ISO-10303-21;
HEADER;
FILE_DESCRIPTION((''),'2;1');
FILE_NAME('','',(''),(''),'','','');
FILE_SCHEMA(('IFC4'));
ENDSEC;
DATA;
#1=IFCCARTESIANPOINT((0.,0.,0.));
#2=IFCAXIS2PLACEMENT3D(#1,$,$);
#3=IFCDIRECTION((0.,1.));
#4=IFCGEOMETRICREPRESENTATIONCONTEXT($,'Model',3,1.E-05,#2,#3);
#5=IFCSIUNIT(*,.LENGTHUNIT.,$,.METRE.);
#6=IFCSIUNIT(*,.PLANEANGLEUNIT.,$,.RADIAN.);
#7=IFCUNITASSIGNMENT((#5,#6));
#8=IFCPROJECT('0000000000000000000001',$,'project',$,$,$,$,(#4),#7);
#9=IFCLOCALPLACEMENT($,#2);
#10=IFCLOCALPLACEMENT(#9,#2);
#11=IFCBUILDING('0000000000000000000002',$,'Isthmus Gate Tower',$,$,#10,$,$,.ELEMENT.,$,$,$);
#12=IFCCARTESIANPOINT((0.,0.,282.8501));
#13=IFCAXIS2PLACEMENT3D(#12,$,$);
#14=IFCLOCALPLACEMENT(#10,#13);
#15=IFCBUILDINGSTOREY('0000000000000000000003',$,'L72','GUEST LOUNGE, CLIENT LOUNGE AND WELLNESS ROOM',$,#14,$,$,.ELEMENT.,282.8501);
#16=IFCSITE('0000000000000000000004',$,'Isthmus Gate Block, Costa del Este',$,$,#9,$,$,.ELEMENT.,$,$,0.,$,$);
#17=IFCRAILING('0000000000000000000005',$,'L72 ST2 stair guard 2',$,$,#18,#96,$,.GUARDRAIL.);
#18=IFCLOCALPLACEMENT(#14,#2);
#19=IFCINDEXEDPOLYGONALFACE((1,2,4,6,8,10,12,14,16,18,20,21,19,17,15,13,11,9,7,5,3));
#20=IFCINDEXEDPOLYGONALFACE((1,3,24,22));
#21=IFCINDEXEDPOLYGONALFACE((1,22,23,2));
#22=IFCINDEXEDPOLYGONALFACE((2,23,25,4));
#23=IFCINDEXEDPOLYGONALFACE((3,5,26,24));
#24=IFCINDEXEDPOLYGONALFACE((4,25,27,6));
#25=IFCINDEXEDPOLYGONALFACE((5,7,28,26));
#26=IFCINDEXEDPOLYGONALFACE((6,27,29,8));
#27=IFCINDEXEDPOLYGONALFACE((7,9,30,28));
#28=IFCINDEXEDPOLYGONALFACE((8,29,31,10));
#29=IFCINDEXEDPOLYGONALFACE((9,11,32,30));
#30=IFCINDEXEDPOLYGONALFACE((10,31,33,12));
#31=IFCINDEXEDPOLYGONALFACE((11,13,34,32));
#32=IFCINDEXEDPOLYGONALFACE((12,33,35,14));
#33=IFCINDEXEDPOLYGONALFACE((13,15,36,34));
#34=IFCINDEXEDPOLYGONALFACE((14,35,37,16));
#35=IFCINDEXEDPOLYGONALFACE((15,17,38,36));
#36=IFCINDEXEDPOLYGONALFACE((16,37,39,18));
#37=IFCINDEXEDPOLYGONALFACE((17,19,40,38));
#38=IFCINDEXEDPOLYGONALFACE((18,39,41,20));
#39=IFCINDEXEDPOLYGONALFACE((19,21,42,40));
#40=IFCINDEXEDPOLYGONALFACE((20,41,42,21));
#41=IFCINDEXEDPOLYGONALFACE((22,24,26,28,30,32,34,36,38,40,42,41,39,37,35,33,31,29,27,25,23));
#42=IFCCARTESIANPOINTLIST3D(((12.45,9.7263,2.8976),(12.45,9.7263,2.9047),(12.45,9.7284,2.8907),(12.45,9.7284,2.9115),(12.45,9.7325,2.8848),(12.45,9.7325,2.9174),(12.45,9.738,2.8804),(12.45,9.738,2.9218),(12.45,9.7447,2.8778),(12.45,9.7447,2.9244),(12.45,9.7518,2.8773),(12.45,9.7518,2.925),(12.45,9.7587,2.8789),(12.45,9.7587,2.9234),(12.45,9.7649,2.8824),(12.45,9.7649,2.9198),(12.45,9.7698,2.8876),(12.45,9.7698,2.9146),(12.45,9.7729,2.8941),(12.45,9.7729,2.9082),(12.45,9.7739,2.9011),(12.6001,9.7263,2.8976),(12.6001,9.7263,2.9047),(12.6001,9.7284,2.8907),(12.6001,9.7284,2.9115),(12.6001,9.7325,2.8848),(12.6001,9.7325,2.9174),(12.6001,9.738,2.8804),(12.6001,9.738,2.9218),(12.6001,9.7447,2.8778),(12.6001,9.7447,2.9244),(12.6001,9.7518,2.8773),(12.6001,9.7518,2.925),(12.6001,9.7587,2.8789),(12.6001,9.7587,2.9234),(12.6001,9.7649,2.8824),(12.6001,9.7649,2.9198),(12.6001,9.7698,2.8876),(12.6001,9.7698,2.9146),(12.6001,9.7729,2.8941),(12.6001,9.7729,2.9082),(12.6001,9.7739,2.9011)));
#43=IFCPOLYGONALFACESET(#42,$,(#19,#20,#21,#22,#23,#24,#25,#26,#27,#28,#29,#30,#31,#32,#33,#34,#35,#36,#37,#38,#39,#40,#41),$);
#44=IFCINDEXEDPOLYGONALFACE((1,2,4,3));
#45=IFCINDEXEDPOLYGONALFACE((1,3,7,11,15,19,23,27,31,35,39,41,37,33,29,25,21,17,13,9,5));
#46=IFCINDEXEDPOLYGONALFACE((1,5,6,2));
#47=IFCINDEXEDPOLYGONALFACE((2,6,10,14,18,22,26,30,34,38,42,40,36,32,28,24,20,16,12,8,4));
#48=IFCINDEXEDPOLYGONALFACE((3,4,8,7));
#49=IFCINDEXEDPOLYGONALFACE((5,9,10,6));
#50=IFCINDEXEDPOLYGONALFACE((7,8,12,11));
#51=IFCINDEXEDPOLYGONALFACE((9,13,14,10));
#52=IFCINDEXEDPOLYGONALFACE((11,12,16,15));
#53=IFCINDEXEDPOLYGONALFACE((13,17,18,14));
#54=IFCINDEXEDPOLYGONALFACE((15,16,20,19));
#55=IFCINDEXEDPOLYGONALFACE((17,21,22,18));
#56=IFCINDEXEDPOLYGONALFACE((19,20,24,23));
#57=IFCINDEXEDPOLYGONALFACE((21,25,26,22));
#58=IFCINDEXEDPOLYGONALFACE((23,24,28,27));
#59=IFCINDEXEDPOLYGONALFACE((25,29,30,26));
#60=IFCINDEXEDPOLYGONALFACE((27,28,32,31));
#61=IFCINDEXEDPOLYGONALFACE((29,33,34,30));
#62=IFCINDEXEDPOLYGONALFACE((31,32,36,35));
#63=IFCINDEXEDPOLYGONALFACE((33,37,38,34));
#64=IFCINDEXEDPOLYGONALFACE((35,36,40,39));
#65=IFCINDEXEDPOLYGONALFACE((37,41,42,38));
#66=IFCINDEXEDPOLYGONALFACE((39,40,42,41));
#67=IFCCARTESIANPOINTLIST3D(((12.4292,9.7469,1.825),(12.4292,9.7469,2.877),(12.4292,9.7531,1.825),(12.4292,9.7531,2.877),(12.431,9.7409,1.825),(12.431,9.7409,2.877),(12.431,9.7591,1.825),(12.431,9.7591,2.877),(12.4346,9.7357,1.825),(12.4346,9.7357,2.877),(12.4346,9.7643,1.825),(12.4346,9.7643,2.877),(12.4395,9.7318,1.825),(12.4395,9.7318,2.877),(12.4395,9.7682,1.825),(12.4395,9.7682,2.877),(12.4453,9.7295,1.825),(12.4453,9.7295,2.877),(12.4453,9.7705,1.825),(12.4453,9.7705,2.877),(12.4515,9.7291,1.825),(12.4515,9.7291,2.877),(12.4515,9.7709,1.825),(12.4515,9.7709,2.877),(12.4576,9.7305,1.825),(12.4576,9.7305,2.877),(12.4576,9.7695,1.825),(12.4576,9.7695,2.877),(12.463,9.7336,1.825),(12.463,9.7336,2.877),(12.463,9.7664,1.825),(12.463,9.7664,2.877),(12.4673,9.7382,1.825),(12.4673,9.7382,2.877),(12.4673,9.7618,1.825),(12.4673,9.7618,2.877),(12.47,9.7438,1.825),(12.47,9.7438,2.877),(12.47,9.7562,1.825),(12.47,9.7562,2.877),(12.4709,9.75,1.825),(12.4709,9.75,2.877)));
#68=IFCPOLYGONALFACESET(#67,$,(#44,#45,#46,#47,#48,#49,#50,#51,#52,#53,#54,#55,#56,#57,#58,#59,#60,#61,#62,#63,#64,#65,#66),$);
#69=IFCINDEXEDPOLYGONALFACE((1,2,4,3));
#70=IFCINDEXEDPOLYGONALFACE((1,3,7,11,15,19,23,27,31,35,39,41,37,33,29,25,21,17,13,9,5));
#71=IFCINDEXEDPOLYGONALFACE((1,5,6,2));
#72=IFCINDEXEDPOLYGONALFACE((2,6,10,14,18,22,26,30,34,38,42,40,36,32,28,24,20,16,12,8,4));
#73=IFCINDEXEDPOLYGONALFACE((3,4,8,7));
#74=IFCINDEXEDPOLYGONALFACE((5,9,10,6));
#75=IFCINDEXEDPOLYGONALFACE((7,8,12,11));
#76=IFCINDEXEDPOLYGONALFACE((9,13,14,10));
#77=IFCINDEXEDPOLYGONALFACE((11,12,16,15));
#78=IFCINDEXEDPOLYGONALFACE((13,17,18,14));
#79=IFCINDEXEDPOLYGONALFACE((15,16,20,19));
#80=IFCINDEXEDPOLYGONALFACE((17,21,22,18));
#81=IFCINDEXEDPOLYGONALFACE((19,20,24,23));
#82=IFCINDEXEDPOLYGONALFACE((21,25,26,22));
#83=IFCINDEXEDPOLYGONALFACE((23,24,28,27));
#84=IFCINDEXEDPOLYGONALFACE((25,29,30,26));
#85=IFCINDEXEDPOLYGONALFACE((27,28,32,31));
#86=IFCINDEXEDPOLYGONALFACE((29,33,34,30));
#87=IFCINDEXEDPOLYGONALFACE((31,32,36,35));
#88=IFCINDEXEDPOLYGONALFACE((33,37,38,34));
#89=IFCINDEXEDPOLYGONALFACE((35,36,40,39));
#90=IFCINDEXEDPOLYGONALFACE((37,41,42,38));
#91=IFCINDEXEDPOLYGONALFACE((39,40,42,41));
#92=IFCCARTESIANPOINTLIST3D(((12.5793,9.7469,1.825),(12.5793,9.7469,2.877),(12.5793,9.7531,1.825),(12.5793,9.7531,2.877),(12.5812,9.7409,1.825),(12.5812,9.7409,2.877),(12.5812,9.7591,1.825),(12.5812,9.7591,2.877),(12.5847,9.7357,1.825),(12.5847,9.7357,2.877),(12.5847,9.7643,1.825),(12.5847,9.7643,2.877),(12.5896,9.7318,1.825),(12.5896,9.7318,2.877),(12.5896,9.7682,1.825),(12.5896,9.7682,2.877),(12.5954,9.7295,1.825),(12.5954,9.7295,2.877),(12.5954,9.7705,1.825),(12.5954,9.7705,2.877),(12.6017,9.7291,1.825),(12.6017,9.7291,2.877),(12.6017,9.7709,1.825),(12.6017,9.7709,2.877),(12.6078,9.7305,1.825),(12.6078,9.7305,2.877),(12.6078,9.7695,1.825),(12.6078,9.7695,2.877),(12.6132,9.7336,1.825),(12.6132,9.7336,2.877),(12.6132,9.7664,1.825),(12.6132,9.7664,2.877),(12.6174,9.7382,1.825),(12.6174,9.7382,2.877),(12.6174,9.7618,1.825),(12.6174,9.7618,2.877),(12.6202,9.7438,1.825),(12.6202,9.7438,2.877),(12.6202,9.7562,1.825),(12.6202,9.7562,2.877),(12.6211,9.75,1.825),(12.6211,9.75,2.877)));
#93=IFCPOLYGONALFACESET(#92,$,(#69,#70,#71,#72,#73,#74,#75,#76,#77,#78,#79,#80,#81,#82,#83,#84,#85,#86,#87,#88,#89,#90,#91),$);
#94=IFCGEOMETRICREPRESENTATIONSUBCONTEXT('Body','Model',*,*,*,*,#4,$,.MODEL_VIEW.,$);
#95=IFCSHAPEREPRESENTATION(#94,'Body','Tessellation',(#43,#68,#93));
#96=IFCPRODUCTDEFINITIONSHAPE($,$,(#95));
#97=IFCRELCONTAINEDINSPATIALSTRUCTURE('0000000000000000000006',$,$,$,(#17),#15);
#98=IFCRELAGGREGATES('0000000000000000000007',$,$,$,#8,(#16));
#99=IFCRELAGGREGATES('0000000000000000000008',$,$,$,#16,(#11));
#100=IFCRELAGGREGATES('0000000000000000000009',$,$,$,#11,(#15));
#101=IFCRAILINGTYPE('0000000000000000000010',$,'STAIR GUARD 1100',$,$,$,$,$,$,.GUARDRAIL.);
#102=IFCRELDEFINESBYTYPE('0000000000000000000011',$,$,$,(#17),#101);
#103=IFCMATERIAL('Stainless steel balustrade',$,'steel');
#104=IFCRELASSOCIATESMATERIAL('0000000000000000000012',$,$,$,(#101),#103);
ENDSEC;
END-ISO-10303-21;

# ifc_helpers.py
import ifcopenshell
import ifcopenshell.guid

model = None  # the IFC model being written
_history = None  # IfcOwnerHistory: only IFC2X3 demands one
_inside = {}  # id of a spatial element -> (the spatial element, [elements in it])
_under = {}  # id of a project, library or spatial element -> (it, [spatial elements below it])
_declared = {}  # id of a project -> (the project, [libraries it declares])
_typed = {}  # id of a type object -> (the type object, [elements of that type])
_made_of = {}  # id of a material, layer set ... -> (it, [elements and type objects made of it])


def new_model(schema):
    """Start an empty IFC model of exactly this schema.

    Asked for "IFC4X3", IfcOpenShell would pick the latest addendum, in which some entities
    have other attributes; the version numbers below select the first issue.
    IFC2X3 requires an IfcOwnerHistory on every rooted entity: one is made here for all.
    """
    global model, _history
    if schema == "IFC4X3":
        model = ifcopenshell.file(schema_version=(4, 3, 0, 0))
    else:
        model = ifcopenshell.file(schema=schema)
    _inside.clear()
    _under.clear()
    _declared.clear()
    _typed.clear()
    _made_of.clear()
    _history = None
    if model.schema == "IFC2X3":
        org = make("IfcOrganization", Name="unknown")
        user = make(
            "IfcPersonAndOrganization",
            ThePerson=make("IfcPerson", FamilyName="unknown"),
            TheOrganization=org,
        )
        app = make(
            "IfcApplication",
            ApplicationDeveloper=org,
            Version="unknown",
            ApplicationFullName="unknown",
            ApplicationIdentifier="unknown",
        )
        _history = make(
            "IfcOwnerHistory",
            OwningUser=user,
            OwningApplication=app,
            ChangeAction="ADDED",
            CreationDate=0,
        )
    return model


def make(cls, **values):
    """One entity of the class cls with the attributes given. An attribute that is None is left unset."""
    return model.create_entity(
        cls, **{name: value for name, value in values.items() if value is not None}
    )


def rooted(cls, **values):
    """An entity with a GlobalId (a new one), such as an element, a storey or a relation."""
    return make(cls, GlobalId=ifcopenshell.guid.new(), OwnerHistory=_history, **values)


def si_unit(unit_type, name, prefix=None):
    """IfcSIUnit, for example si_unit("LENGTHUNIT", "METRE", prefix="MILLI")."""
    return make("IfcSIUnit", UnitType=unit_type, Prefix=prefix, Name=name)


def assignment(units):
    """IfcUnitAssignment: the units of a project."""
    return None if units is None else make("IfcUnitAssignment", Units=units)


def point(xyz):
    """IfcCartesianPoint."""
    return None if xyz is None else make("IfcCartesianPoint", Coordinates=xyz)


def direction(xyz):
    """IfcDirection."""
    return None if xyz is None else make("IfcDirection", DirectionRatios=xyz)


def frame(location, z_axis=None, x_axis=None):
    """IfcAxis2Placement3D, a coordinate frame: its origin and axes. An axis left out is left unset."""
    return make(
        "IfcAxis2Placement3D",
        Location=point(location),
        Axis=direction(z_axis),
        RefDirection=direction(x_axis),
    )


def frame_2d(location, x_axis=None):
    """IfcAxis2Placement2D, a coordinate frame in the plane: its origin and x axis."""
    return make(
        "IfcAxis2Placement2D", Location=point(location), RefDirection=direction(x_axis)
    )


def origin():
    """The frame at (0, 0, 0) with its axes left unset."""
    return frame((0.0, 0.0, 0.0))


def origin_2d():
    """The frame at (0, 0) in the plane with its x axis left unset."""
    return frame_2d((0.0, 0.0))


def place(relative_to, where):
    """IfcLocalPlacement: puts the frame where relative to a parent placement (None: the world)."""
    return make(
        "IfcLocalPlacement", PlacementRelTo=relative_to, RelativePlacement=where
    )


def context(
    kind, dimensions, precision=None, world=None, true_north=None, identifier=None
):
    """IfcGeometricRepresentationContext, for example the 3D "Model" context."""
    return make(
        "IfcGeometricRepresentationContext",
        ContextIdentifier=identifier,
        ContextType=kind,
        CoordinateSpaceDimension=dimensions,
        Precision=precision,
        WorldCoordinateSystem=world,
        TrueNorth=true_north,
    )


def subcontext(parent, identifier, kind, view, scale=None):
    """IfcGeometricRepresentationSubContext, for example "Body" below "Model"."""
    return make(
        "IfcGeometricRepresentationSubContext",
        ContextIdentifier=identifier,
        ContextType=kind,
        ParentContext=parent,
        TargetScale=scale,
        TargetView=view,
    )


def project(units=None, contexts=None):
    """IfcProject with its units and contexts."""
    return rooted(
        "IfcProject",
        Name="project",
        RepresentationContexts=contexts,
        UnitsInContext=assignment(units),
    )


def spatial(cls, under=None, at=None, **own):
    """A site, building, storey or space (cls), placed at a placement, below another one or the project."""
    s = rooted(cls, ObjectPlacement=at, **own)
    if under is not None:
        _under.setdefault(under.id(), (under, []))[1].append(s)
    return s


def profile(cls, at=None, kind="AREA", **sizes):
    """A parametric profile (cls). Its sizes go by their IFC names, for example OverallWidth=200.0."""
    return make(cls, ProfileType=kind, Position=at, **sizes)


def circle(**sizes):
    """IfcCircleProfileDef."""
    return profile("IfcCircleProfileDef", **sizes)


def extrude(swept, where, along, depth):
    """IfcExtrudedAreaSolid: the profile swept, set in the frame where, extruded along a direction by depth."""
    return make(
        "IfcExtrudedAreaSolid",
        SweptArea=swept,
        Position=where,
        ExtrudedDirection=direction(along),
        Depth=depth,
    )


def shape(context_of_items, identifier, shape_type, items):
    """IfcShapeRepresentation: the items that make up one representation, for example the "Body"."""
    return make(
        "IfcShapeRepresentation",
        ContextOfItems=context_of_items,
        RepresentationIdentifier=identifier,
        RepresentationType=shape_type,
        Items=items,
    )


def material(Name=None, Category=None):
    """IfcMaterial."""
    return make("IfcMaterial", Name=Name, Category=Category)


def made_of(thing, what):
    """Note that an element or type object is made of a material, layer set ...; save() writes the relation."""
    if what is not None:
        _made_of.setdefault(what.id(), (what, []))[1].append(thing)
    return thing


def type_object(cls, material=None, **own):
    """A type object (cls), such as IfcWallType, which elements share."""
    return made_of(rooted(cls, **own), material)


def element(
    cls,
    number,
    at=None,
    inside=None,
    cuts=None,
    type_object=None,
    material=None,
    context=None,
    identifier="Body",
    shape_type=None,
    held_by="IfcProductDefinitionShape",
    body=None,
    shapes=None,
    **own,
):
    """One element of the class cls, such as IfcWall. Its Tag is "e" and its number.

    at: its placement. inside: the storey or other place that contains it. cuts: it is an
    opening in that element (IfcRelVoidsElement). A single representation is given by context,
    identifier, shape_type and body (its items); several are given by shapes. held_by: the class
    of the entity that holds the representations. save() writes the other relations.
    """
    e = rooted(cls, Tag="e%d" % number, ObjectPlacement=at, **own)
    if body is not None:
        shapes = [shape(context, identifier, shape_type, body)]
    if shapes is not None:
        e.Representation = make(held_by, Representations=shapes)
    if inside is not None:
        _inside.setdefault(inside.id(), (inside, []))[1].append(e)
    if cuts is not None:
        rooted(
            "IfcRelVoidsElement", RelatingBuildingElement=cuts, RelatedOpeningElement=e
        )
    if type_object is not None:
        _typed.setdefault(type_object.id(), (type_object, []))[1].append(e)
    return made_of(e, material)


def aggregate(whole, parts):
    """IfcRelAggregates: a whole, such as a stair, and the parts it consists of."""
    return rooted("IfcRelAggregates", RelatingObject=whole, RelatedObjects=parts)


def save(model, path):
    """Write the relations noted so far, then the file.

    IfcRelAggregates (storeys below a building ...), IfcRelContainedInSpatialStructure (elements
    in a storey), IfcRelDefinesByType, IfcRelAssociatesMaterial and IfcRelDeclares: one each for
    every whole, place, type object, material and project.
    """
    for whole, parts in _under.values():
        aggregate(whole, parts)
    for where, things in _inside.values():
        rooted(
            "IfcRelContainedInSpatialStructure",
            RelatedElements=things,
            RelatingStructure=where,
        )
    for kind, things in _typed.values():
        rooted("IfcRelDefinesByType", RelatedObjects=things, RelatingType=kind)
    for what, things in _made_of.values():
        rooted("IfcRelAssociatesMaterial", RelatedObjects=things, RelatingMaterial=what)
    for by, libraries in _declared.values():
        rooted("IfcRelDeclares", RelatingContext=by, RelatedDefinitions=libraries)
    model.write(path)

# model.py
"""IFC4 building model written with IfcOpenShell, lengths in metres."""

from ifc_helpers import new_model, si_unit, direction, frame, origin, origin_2d, place, context, subcontext, project, spatial, circle, extrude, material, type_object, element, save


model = new_model("IFC4")

# Units and contexts
model_context = context("Model", 3, precision=1e-05, world=origin(), true_north=direction((0.0, 1.0)))
body_context = subcontext(model_context, "Body", "Model", "MODEL_VIEW")
ifc_project = project(units=[si_unit("LENGTHUNIT", "METRE"), si_unit("PLANEANGLEUNIT", "RADIAN")], contexts=[model_context])

# Site, building, storey
site_placement = place(None, origin())
site = spatial("IfcSite", under=ifc_project, at=site_placement, Name="Isthmus Gate Block, Costa del Este", CompositionType="ELEMENT", RefElevation=0.0)
building_placement = place(site_placement, origin())
building = spatial("IfcBuilding", under=site, at=building_placement, Name="Isthmus Gate Tower", CompositionType="ELEMENT")
storey_placement = place(building_placement, frame((0.0, 0.0, 282.8501)))
storey = spatial("IfcBuildingStorey", under=building, at=storey_placement, Name="L72", Description="GUEST LOUNGE, CLIENT LOUNGE AND WELLNESS ROOM", CompositionType="ELEMENT", Elevation=282.8501)

# Railing
ifc_material_1 = material(Name="Stainless steel balustrade", Category="steel")
railing_type_1 = type_object("IfcRailingType", Name="STAIR GUARD 1100", PredefinedType="GUARDRAIL", material=ifc_material_1)
railing_1_placement = place(storey_placement, frame((12.45, 9.75, 1.825)))
element("IfcRailing", 1, at=railing_1_placement, inside=storey, type_object=railing_type_1, Name="L72 ST2 stair guard 2", PredefinedType="GUARDRAIL", context=body_context, shape_type="SweptSolid", body=[
    extrude(circle(Radius=0.0239, at=origin_2d()), frame((0.0, 0.0, 1.0762), z_axis=(1.0, 0.0, 0.0), x_axis=(0.0, 1.0, 0.0)), (0.0, 0.0, 1.0), 0.1501),
    extrude(circle(Radius=0.021, at=origin_2d()), origin(), (0.0, 0.0, 1.0), 1.052),
    extrude(circle(Radius=0.021, at=origin_2d()), frame((0.1501, 0.0, 0.0)), (0.0, 0.0, 1.0), 1.052),
])

save(model, "model.ifc")
